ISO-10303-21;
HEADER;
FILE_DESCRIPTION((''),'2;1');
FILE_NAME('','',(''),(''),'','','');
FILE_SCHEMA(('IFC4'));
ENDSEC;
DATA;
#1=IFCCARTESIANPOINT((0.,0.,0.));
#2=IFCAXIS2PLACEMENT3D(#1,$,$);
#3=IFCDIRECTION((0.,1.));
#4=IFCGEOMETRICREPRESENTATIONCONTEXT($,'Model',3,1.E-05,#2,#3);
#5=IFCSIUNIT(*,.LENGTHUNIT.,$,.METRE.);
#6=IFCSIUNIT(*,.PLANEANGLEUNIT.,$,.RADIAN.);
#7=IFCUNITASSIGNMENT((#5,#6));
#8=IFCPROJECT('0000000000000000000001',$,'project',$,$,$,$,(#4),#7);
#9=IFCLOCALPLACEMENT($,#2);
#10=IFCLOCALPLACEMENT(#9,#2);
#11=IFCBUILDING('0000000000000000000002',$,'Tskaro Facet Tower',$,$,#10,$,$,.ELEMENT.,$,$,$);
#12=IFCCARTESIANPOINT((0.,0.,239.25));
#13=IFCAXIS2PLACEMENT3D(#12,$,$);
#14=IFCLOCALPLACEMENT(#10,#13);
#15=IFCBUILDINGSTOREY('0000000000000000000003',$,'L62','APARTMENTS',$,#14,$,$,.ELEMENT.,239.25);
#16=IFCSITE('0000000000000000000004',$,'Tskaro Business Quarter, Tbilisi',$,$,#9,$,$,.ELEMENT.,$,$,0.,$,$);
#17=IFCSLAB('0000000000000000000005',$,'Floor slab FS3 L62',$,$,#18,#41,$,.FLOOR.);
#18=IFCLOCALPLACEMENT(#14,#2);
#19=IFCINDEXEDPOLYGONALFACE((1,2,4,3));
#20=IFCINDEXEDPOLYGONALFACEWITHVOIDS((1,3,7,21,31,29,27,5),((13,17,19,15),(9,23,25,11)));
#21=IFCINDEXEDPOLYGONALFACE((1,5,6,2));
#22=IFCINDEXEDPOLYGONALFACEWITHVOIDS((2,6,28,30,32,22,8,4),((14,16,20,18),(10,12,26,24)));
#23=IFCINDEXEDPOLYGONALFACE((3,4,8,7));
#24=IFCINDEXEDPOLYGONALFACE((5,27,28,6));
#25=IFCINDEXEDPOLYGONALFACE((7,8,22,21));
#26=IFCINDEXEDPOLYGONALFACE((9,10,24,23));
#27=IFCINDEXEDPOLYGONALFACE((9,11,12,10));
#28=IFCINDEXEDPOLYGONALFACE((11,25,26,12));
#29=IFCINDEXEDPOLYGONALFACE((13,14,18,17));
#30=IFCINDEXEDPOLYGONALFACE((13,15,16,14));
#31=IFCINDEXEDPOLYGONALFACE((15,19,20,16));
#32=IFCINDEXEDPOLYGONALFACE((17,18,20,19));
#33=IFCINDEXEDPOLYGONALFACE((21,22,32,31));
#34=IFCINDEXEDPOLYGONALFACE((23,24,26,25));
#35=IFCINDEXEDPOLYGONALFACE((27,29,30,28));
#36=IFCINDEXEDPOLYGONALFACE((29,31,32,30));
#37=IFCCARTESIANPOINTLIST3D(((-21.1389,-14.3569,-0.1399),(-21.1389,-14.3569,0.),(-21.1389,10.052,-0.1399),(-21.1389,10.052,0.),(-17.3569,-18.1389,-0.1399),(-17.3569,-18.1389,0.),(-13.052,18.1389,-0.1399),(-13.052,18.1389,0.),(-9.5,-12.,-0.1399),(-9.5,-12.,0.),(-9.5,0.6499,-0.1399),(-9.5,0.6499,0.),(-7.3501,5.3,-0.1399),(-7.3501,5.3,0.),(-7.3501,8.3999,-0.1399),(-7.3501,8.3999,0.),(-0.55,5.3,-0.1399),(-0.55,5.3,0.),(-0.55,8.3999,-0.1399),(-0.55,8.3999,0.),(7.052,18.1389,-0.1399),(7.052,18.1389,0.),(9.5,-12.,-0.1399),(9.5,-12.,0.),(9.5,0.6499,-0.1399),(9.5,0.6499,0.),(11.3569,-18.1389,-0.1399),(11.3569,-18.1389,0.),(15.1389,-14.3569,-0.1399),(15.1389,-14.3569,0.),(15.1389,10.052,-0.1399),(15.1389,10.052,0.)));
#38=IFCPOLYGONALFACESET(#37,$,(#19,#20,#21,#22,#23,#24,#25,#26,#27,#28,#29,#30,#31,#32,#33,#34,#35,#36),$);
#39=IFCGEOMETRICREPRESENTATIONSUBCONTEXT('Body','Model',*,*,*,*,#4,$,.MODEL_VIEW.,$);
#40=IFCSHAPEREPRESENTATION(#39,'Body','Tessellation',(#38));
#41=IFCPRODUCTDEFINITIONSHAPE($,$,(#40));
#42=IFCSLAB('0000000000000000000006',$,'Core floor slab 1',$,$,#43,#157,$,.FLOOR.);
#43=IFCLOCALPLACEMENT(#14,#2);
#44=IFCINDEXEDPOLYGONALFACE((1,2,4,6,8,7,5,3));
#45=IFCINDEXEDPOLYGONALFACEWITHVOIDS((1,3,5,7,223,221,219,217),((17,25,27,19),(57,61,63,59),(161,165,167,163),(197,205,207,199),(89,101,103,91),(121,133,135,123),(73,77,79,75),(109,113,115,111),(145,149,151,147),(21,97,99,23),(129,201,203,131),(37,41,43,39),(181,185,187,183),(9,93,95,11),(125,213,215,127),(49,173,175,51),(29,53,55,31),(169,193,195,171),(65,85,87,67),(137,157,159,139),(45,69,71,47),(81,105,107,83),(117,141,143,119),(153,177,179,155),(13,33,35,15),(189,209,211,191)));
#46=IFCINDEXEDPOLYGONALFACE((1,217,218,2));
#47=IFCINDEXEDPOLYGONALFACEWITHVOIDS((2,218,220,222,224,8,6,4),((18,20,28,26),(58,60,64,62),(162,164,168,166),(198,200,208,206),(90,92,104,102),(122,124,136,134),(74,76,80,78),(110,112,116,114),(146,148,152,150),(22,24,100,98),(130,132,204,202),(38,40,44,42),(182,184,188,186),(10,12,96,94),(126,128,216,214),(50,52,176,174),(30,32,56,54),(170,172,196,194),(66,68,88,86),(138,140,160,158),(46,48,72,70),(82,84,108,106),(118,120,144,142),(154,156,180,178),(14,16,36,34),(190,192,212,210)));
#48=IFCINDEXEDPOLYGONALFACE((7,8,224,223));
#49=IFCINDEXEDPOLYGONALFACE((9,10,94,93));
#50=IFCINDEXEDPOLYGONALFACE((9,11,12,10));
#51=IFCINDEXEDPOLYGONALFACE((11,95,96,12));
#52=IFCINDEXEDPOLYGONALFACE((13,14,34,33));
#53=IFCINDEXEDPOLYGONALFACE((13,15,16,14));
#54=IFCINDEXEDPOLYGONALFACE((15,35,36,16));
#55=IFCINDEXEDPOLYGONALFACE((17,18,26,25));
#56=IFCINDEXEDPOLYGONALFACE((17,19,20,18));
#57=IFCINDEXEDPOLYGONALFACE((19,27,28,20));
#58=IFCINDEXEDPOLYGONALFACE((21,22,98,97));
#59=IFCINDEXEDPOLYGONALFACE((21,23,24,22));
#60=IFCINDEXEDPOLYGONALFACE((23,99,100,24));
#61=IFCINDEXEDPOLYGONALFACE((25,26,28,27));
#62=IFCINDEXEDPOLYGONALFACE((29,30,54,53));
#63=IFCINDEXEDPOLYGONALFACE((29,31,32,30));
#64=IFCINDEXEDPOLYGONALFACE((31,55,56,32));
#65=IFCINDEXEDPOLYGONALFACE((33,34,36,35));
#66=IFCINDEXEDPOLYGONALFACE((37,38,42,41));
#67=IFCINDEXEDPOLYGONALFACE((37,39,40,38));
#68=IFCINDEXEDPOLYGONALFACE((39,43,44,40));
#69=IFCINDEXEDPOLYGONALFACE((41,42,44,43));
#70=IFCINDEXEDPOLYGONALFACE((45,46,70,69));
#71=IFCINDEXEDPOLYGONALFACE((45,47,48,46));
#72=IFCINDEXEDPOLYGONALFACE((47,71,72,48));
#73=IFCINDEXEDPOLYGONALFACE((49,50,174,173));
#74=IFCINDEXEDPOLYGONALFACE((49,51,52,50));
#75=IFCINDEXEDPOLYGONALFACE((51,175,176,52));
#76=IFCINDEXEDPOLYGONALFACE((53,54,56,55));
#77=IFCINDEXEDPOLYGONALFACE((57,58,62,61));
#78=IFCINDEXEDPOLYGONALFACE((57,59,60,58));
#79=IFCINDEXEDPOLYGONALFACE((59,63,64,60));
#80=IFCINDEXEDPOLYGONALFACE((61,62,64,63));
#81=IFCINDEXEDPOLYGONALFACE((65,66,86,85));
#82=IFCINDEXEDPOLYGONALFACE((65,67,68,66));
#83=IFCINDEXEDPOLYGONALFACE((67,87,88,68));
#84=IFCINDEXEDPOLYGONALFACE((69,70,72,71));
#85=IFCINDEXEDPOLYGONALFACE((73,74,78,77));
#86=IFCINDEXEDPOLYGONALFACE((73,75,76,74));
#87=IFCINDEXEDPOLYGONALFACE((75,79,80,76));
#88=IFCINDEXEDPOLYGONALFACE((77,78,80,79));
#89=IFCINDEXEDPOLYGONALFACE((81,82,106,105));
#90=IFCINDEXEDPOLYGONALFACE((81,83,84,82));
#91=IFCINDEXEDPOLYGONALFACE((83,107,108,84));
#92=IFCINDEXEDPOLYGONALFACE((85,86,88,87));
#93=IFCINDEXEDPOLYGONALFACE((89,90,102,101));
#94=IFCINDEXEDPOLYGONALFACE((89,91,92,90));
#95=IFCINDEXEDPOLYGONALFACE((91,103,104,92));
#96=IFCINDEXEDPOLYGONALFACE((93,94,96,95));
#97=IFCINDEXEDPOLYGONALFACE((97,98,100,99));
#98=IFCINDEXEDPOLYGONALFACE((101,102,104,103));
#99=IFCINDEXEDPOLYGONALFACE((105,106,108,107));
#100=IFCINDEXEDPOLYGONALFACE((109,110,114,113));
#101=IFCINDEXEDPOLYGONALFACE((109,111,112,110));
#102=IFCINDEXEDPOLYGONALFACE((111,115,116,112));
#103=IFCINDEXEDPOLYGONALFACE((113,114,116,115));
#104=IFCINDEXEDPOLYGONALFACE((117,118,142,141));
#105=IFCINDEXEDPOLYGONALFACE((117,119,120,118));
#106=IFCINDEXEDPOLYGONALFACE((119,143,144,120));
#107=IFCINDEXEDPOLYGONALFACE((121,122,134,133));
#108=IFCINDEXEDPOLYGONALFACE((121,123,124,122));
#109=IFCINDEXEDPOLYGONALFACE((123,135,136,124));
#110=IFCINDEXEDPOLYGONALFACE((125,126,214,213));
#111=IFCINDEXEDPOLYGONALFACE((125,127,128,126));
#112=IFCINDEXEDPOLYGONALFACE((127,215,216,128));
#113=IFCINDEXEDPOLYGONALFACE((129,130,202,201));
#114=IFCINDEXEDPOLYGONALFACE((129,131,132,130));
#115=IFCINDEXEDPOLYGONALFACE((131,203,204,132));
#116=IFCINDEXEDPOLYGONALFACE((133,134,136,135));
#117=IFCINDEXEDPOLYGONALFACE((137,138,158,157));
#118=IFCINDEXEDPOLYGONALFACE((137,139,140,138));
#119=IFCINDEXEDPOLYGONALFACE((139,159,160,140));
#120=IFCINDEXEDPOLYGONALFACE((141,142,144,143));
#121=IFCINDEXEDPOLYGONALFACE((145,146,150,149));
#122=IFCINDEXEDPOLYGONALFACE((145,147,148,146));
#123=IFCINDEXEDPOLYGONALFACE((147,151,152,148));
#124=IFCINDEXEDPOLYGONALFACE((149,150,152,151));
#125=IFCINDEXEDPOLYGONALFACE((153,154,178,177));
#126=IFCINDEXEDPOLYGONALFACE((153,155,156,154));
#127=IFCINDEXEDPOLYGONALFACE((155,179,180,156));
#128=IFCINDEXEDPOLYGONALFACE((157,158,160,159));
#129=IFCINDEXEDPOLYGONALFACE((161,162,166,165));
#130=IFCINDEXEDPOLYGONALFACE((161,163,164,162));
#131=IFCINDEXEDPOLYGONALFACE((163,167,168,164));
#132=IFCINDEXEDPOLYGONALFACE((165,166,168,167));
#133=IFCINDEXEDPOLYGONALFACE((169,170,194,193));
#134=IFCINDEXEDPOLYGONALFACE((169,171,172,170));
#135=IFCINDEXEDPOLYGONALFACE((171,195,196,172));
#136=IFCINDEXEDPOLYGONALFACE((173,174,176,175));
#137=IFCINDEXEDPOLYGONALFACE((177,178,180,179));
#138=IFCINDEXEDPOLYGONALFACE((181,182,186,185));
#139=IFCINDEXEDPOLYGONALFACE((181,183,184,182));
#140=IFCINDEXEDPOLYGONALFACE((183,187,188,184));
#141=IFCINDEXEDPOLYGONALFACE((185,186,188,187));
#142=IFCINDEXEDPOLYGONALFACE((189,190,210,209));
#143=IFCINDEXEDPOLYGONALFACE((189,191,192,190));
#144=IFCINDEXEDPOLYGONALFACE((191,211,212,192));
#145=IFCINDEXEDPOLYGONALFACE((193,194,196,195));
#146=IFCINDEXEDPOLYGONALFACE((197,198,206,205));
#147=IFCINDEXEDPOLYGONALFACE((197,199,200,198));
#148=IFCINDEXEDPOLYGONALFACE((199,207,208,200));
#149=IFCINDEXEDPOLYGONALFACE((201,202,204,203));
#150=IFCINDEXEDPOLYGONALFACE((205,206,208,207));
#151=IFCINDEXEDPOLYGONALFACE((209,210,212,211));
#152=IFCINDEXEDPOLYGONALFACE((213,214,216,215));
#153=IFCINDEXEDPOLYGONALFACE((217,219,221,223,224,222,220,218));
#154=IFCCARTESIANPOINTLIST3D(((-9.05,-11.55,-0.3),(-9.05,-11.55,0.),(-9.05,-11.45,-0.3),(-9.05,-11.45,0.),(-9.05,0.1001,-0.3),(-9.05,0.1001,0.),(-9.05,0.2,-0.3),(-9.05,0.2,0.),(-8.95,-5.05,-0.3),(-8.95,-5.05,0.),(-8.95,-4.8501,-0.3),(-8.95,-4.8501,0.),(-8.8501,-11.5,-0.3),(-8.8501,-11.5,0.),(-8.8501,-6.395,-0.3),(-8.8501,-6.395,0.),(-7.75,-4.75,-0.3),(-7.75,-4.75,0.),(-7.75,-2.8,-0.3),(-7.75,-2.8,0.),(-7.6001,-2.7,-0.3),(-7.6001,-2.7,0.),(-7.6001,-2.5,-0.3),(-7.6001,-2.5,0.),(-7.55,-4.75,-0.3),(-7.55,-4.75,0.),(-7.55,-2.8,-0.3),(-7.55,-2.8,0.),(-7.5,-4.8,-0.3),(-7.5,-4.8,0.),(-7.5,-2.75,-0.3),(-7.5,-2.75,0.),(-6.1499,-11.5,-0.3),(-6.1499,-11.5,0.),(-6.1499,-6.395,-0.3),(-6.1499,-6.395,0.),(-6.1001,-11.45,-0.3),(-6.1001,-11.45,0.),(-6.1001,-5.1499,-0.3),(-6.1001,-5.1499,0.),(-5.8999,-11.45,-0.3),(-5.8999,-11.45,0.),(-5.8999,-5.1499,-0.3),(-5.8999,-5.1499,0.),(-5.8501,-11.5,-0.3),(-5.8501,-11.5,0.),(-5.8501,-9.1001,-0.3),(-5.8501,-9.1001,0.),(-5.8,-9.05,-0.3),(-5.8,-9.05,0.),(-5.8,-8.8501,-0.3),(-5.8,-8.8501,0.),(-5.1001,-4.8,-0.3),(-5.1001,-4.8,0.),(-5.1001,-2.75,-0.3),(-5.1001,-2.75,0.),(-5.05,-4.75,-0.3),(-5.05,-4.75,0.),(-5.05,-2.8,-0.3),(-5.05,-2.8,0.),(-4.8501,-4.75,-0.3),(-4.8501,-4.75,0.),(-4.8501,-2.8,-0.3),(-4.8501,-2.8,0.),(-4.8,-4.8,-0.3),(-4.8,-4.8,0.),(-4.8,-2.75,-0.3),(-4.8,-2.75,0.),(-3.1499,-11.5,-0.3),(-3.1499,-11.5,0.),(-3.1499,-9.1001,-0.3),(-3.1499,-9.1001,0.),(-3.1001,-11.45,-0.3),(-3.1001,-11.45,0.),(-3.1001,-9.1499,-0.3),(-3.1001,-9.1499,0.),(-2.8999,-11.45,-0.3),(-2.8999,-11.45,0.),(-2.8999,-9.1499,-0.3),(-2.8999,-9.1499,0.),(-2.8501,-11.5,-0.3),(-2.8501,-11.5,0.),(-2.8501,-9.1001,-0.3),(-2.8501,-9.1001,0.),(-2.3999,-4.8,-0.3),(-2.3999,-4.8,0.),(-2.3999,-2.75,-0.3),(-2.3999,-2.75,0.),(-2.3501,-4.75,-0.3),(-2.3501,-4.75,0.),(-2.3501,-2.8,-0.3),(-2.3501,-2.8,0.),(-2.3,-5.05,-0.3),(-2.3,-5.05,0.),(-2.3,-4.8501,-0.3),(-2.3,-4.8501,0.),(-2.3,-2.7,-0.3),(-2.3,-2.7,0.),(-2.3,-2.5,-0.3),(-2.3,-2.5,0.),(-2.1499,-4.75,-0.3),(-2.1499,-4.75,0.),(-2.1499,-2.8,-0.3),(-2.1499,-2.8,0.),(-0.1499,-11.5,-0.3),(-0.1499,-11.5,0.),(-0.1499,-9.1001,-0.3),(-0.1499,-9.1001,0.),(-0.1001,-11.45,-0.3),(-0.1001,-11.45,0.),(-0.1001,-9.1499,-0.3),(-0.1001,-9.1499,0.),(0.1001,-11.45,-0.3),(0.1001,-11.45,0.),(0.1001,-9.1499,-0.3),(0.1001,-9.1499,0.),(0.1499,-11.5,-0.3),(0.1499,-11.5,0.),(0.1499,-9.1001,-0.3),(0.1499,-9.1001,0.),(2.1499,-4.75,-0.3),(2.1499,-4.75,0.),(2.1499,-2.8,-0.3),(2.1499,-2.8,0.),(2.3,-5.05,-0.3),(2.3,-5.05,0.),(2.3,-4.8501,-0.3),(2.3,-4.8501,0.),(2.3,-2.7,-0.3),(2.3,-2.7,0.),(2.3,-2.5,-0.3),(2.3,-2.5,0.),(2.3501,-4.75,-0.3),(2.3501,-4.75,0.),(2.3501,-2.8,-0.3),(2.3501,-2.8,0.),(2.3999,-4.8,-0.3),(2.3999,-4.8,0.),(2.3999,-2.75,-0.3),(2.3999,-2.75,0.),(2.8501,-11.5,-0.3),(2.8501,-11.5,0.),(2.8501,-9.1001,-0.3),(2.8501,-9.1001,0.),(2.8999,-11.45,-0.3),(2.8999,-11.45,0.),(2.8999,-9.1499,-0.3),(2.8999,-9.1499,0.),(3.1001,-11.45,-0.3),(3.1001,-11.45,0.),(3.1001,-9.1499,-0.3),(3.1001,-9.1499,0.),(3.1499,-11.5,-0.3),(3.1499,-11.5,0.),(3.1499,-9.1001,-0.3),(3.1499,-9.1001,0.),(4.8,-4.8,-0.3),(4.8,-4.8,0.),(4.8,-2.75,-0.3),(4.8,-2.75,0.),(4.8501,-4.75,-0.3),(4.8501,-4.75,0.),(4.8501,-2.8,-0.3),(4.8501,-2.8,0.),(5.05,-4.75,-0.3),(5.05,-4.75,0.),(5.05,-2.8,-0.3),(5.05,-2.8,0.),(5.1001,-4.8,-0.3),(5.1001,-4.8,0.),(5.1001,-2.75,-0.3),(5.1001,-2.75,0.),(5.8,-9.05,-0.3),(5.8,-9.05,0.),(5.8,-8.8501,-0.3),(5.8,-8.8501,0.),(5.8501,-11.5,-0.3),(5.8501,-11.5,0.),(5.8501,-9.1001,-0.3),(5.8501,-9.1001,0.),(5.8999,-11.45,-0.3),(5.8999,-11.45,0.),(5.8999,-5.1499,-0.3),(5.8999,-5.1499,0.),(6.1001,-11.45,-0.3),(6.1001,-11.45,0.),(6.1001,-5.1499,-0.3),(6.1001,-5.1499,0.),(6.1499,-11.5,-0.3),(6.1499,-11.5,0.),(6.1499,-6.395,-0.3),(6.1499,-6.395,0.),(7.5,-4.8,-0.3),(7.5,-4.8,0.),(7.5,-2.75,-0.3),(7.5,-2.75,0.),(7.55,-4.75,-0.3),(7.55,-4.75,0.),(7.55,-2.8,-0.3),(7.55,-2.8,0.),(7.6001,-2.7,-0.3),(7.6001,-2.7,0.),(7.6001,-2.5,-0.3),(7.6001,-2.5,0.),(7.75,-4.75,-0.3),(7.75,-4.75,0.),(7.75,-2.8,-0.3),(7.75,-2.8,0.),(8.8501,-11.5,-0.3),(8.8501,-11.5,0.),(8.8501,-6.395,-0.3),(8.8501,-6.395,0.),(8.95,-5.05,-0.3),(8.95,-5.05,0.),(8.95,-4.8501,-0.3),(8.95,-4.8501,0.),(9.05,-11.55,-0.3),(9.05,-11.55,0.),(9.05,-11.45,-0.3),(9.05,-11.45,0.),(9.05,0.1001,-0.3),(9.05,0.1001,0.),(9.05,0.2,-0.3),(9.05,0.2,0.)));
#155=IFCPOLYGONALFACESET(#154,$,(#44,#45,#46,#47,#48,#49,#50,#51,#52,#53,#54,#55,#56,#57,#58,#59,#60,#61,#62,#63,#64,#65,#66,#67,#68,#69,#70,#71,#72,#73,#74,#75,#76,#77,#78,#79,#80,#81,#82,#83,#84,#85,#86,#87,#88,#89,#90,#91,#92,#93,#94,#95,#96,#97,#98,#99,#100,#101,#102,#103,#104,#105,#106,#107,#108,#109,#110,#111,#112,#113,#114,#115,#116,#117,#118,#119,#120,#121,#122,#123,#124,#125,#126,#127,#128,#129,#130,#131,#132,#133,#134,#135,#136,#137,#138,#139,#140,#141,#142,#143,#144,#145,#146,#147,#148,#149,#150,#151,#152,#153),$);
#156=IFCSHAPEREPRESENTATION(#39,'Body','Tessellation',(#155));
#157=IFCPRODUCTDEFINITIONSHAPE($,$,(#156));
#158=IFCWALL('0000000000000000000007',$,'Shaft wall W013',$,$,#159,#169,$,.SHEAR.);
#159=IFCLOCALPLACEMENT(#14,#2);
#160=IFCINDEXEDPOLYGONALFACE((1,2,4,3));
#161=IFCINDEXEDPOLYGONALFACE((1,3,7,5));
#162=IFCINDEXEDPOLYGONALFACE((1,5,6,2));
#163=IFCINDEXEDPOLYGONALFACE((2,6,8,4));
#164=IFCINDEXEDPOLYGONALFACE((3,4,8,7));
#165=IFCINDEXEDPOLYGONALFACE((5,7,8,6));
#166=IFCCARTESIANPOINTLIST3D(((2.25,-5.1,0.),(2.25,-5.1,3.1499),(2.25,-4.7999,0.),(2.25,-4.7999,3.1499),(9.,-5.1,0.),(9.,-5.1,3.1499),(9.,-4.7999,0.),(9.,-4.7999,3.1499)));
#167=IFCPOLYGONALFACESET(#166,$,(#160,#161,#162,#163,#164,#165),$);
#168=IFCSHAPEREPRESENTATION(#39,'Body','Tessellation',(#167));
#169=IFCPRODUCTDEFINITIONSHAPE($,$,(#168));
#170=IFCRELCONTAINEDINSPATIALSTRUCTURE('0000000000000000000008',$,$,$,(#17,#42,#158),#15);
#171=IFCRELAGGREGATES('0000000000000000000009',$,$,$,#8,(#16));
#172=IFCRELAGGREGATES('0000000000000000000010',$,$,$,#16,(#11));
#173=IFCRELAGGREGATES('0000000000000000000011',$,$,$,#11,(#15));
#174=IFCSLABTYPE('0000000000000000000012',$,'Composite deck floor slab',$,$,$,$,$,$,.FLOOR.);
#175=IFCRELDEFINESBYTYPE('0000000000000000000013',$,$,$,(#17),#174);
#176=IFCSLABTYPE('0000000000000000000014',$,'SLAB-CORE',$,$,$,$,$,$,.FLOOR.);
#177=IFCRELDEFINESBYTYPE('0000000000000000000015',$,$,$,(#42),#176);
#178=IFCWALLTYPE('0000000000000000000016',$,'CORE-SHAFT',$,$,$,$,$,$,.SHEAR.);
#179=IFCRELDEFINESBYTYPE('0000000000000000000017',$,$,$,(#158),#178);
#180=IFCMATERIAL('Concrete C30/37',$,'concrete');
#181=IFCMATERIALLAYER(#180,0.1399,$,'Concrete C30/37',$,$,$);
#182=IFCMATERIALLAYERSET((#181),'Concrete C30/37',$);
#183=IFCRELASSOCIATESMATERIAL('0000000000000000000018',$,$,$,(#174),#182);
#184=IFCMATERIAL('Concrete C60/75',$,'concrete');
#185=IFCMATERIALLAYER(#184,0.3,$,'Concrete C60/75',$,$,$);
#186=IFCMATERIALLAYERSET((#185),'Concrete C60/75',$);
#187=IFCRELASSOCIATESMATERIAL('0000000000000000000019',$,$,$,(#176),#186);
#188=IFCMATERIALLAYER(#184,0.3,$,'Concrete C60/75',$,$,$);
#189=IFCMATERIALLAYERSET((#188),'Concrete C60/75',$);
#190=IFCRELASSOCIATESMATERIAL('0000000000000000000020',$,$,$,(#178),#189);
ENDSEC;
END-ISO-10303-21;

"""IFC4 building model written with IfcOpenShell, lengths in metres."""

from ifc_helpers import new_model, si_unit, direction, frame, frame_2d, origin, place, context, subcontext, project, spatial, polyline, rectangle, outline, extrude, material, layer, layer_set, type_object, element, save


model = new_model("IFC4")

# Units and contexts
model_context = context("Model", 3, precision=1e-05, world=origin(), true_north=direction((0.0, 1.0)))
body_context = subcontext(model_context, "Body", "Model", "MODEL_VIEW")
ifc_project = project(units=[si_unit("LENGTHUNIT", "METRE"), si_unit("PLANEANGLEUNIT", "RADIAN")], contexts=[model_context])

# Site, building, storey
site_placement = place(None, origin())
site = spatial("IfcSite", under=ifc_project, at=site_placement, Name="Tskaro Business Quarter, Tbilisi", CompositionType="ELEMENT", RefElevation=0.0)
building_placement = place(site_placement, origin())
building = spatial("IfcBuilding", under=site, at=building_placement, Name="Tskaro Facet Tower", CompositionType="ELEMENT")
storey_placement = place(building_placement, frame((0.0, 0.0, 239.25)))
storey = spatial("IfcBuildingStorey", under=building, at=storey_placement, Name="L62", Description="APARTMENTS", CompositionType="ELEMENT", Elevation=239.25)

# Slabs
ifc_material_1 = material(Name="Concrete C30/37", Category="concrete")
ifc_layer_1 = layer(ifc_material_1, 0.1399, Name="Concrete C30/37")
ifc_layer_set_1 = layer_set([ifc_layer_1], Name="Concrete C30/37")
slab_type_1 = type_object("IfcSlabType", Name="Composite deck floor slab", PredefinedType="FLOOR", material=ifc_layer_set_1)
slab_1_placement = place(storey_placement, frame((0.0, 0.0, -0.1399)))
element("IfcSlab", 1, at=slab_1_placement, inside=storey, type_object=slab_type_1, Name="Floor slab FS3 L62", PredefinedType="FLOOR", context=body_context, shape_type="SweptSolid", body=[
    extrude(outline(polyline([(-17.3569, -18.1389), (11.3569, -18.1389), (15.1389, -14.3569), (15.1389, 10.052), (7.052, 18.1389), (-13.052, 18.1389), (-21.1389, 10.052), (-21.1389, -14.3569), (-17.3569, -18.1389)]), holes=[polyline([(-9.5, -12.0), (9.5, -12.0), (9.5, 0.6499), (-9.5, 0.6499), (-9.5, -12.0)]), polyline([(-7.3501, 5.3), (-0.55, 5.3), (-0.55, 8.3999), (-7.3501, 8.3999), (-7.3501, 5.3)])]), origin(), (0.0, 0.0, 1.0), 0.1399),
])
ifc_material_2 = material(Name="Concrete C60/75", Category="concrete")
ifc_layer_2 = layer(ifc_material_2, 0.3, Name="Concrete C60/75")
ifc_layer_set_2 = layer_set([ifc_layer_2], Name="Concrete C60/75")
slab_type_2 = type_object("IfcSlabType", Name="SLAB-CORE", PredefinedType="FLOOR", material=ifc_layer_set_2)
slab_2_placement = place(storey_placement, frame((0.0, 0.0, -0.3)))
element("IfcSlab", 2, at=slab_2_placement, inside=storey, type_object=slab_type_2, Name="Core floor slab 1", PredefinedType="FLOOR", context=body_context, shape_type="SweptSolid", body=[
    extrude(outline(polyline([(-9.05, 0.2), (9.05, 0.2), (9.05, 0.1001), (9.05, -11.45), (9.05, -11.55), (-9.05, -11.55), (-9.05, -11.45), (-9.05, 0.1001), (-9.05, 0.2)]), holes=[polyline([(-5.8501, -9.1001), (-5.8501, -11.5), (-3.1499, -11.5), (-3.1499, -9.1001), (-5.8501, -9.1001)]), polyline([(-3.1001, -11.45), (-2.8999, -11.45), (-2.8999, -9.1499), (-3.1001, -9.1499), (-3.1001, -11.45)]), polyline([(-2.8501, -9.1001), (-2.8501, -11.5), (-0.1499, -11.5), (-0.1499, -9.1001), (-2.8501, -9.1001)]), polyline([(-6.1001, -11.45), (-5.8999, -11.45), (-5.8999, -5.1499), (-6.1001, -5.1499), (-6.1001, -11.45)]), polyline([(-8.95, -5.05), (-2.3, -5.05), (-2.3, -4.8501), (-8.95, -4.8501), (-8.95, -5.05)]), polyline([(-7.75, -4.75), (-7.55, -4.75), (-7.55, -2.8), (-7.75, -2.8), (-7.75, -4.75)]), polyline([(-7.5, -2.75), (-7.5, -4.8), (-5.1001, -4.8), (-5.1001, -2.75), (-7.5, -2.75)]), polyline([(-5.05, -4.75), (-4.8501, -4.75), (-4.8501, -2.8), (-5.05, -2.8), (-5.05, -4.75)]), polyline([(-2.3999, -2.75), (-4.8, -2.75), (-4.8, -4.8), (-2.3999, -4.8), (-2.3999, -2.75)]), polyline([(-2.3501, -4.75), (-2.1499, -4.75), (-2.1499, -2.8), (-2.3501, -2.8), (-2.3501, -4.75)]), polyline([(-7.6001, -2.7), (-2.3, -2.7), (-2.3, -2.5), (-7.6001, -2.5), (-7.6001, -2.7)]), polyline([(-0.1001, -11.45), (0.1001, -11.45), (0.1001, -9.1499), (-0.1001, -9.1499), (-0.1001, -11.45)]), polyline([(0.1499, -9.1001), (0.1499, -11.5), (2.8501, -11.5), (2.8501, -9.1001), (0.1499, -9.1001)]), polyline([(2.8999, -11.45), (3.1001, -11.45), (3.1001, -9.1499), (2.8999, -9.1499), (2.8999, -11.45)]), polyline([(3.1499, -9.1001), (3.1499, -11.5), (5.8501, -11.5), (5.8501, -9.1001), (3.1499, -9.1001)]), polyline([(-5.8, -9.05), (5.8, -9.05), (5.8, -8.8501), (-5.8, -8.8501), (-5.8, -9.05)]), polyline([(5.8999, -11.45), (6.1001, -11.45), (6.1001, -5.1499), (5.8999, -5.1499), (5.8999, -11.45)]), polyline([(2.3, -5.05), (8.95, -5.05), (8.95, -4.8501), (2.3, -4.8501), (2.3, -5.05)]), polyline([(2.1499, -4.75), (2.3501, -4.75), (2.3501, -2.8), (2.1499, -2.8), (2.1499, -4.75)]), polyline([(2.3999, -4.8), (4.8, -4.8), (4.8, -2.75), (2.3999, -2.75), (2.3999, -4.8)]), polyline([(4.8501, -4.75), (5.05, -4.75), (5.05, -2.8), (4.8501, -2.8), (4.8501, -4.75)]), polyline([(5.1001, -4.8), (7.5, -4.8), (7.5, -2.75), (5.1001, -2.75), (5.1001, -4.8)]), polyline([(7.55, -4.75), (7.75, -4.75), (7.75, -2.8), (7.55, -2.8), (7.55, -4.75)]), polyline([(2.3, -2.7), (7.6001, -2.7), (7.6001, -2.5), (2.3, -2.5), (2.3, -2.7)]), polyline([(-8.8501, -11.5), (-6.1499, -11.5), (-6.1499, -6.395), (-8.8501, -6.395), (-8.8501, -11.5)]), polyline([(6.1499, -6.395), (6.1499, -11.5), (8.8501, -11.5), (8.8501, -6.395), (6.1499, -6.395)])]), origin(), (0.0, 0.0, 1.0), 0.3),
])

# Wall
ifc_layer_3 = layer(ifc_material_2, 0.3, Name="Concrete C60/75")
ifc_layer_set_3 = layer_set([ifc_layer_3], Name="Concrete C60/75")
wall_type_1 = type_object("IfcWallType", Name="CORE-SHAFT", PredefinedType="SHEAR", material=ifc_layer_set_3)
wall_1_placement = place(storey_placement, frame((2.25, -4.95, 0.0), z_axis=(0.0, 0.0, 1.0), x_axis=(1.0, 0.0, 0.0)))
element("IfcWall", 3, at=wall_1_placement, inside=storey, type_object=wall_type_1, Name="Shaft wall W013", PredefinedType="SHEAR", context=body_context, shape_type="SweptSolid", body=[
    extrude(rectangle(XDim=6.75, YDim=0.3, at=frame_2d((3.375, 0.0))), origin(), (0.0, 0.0, 1.0), 3.1499),
])

save(model, "model.ifc")
